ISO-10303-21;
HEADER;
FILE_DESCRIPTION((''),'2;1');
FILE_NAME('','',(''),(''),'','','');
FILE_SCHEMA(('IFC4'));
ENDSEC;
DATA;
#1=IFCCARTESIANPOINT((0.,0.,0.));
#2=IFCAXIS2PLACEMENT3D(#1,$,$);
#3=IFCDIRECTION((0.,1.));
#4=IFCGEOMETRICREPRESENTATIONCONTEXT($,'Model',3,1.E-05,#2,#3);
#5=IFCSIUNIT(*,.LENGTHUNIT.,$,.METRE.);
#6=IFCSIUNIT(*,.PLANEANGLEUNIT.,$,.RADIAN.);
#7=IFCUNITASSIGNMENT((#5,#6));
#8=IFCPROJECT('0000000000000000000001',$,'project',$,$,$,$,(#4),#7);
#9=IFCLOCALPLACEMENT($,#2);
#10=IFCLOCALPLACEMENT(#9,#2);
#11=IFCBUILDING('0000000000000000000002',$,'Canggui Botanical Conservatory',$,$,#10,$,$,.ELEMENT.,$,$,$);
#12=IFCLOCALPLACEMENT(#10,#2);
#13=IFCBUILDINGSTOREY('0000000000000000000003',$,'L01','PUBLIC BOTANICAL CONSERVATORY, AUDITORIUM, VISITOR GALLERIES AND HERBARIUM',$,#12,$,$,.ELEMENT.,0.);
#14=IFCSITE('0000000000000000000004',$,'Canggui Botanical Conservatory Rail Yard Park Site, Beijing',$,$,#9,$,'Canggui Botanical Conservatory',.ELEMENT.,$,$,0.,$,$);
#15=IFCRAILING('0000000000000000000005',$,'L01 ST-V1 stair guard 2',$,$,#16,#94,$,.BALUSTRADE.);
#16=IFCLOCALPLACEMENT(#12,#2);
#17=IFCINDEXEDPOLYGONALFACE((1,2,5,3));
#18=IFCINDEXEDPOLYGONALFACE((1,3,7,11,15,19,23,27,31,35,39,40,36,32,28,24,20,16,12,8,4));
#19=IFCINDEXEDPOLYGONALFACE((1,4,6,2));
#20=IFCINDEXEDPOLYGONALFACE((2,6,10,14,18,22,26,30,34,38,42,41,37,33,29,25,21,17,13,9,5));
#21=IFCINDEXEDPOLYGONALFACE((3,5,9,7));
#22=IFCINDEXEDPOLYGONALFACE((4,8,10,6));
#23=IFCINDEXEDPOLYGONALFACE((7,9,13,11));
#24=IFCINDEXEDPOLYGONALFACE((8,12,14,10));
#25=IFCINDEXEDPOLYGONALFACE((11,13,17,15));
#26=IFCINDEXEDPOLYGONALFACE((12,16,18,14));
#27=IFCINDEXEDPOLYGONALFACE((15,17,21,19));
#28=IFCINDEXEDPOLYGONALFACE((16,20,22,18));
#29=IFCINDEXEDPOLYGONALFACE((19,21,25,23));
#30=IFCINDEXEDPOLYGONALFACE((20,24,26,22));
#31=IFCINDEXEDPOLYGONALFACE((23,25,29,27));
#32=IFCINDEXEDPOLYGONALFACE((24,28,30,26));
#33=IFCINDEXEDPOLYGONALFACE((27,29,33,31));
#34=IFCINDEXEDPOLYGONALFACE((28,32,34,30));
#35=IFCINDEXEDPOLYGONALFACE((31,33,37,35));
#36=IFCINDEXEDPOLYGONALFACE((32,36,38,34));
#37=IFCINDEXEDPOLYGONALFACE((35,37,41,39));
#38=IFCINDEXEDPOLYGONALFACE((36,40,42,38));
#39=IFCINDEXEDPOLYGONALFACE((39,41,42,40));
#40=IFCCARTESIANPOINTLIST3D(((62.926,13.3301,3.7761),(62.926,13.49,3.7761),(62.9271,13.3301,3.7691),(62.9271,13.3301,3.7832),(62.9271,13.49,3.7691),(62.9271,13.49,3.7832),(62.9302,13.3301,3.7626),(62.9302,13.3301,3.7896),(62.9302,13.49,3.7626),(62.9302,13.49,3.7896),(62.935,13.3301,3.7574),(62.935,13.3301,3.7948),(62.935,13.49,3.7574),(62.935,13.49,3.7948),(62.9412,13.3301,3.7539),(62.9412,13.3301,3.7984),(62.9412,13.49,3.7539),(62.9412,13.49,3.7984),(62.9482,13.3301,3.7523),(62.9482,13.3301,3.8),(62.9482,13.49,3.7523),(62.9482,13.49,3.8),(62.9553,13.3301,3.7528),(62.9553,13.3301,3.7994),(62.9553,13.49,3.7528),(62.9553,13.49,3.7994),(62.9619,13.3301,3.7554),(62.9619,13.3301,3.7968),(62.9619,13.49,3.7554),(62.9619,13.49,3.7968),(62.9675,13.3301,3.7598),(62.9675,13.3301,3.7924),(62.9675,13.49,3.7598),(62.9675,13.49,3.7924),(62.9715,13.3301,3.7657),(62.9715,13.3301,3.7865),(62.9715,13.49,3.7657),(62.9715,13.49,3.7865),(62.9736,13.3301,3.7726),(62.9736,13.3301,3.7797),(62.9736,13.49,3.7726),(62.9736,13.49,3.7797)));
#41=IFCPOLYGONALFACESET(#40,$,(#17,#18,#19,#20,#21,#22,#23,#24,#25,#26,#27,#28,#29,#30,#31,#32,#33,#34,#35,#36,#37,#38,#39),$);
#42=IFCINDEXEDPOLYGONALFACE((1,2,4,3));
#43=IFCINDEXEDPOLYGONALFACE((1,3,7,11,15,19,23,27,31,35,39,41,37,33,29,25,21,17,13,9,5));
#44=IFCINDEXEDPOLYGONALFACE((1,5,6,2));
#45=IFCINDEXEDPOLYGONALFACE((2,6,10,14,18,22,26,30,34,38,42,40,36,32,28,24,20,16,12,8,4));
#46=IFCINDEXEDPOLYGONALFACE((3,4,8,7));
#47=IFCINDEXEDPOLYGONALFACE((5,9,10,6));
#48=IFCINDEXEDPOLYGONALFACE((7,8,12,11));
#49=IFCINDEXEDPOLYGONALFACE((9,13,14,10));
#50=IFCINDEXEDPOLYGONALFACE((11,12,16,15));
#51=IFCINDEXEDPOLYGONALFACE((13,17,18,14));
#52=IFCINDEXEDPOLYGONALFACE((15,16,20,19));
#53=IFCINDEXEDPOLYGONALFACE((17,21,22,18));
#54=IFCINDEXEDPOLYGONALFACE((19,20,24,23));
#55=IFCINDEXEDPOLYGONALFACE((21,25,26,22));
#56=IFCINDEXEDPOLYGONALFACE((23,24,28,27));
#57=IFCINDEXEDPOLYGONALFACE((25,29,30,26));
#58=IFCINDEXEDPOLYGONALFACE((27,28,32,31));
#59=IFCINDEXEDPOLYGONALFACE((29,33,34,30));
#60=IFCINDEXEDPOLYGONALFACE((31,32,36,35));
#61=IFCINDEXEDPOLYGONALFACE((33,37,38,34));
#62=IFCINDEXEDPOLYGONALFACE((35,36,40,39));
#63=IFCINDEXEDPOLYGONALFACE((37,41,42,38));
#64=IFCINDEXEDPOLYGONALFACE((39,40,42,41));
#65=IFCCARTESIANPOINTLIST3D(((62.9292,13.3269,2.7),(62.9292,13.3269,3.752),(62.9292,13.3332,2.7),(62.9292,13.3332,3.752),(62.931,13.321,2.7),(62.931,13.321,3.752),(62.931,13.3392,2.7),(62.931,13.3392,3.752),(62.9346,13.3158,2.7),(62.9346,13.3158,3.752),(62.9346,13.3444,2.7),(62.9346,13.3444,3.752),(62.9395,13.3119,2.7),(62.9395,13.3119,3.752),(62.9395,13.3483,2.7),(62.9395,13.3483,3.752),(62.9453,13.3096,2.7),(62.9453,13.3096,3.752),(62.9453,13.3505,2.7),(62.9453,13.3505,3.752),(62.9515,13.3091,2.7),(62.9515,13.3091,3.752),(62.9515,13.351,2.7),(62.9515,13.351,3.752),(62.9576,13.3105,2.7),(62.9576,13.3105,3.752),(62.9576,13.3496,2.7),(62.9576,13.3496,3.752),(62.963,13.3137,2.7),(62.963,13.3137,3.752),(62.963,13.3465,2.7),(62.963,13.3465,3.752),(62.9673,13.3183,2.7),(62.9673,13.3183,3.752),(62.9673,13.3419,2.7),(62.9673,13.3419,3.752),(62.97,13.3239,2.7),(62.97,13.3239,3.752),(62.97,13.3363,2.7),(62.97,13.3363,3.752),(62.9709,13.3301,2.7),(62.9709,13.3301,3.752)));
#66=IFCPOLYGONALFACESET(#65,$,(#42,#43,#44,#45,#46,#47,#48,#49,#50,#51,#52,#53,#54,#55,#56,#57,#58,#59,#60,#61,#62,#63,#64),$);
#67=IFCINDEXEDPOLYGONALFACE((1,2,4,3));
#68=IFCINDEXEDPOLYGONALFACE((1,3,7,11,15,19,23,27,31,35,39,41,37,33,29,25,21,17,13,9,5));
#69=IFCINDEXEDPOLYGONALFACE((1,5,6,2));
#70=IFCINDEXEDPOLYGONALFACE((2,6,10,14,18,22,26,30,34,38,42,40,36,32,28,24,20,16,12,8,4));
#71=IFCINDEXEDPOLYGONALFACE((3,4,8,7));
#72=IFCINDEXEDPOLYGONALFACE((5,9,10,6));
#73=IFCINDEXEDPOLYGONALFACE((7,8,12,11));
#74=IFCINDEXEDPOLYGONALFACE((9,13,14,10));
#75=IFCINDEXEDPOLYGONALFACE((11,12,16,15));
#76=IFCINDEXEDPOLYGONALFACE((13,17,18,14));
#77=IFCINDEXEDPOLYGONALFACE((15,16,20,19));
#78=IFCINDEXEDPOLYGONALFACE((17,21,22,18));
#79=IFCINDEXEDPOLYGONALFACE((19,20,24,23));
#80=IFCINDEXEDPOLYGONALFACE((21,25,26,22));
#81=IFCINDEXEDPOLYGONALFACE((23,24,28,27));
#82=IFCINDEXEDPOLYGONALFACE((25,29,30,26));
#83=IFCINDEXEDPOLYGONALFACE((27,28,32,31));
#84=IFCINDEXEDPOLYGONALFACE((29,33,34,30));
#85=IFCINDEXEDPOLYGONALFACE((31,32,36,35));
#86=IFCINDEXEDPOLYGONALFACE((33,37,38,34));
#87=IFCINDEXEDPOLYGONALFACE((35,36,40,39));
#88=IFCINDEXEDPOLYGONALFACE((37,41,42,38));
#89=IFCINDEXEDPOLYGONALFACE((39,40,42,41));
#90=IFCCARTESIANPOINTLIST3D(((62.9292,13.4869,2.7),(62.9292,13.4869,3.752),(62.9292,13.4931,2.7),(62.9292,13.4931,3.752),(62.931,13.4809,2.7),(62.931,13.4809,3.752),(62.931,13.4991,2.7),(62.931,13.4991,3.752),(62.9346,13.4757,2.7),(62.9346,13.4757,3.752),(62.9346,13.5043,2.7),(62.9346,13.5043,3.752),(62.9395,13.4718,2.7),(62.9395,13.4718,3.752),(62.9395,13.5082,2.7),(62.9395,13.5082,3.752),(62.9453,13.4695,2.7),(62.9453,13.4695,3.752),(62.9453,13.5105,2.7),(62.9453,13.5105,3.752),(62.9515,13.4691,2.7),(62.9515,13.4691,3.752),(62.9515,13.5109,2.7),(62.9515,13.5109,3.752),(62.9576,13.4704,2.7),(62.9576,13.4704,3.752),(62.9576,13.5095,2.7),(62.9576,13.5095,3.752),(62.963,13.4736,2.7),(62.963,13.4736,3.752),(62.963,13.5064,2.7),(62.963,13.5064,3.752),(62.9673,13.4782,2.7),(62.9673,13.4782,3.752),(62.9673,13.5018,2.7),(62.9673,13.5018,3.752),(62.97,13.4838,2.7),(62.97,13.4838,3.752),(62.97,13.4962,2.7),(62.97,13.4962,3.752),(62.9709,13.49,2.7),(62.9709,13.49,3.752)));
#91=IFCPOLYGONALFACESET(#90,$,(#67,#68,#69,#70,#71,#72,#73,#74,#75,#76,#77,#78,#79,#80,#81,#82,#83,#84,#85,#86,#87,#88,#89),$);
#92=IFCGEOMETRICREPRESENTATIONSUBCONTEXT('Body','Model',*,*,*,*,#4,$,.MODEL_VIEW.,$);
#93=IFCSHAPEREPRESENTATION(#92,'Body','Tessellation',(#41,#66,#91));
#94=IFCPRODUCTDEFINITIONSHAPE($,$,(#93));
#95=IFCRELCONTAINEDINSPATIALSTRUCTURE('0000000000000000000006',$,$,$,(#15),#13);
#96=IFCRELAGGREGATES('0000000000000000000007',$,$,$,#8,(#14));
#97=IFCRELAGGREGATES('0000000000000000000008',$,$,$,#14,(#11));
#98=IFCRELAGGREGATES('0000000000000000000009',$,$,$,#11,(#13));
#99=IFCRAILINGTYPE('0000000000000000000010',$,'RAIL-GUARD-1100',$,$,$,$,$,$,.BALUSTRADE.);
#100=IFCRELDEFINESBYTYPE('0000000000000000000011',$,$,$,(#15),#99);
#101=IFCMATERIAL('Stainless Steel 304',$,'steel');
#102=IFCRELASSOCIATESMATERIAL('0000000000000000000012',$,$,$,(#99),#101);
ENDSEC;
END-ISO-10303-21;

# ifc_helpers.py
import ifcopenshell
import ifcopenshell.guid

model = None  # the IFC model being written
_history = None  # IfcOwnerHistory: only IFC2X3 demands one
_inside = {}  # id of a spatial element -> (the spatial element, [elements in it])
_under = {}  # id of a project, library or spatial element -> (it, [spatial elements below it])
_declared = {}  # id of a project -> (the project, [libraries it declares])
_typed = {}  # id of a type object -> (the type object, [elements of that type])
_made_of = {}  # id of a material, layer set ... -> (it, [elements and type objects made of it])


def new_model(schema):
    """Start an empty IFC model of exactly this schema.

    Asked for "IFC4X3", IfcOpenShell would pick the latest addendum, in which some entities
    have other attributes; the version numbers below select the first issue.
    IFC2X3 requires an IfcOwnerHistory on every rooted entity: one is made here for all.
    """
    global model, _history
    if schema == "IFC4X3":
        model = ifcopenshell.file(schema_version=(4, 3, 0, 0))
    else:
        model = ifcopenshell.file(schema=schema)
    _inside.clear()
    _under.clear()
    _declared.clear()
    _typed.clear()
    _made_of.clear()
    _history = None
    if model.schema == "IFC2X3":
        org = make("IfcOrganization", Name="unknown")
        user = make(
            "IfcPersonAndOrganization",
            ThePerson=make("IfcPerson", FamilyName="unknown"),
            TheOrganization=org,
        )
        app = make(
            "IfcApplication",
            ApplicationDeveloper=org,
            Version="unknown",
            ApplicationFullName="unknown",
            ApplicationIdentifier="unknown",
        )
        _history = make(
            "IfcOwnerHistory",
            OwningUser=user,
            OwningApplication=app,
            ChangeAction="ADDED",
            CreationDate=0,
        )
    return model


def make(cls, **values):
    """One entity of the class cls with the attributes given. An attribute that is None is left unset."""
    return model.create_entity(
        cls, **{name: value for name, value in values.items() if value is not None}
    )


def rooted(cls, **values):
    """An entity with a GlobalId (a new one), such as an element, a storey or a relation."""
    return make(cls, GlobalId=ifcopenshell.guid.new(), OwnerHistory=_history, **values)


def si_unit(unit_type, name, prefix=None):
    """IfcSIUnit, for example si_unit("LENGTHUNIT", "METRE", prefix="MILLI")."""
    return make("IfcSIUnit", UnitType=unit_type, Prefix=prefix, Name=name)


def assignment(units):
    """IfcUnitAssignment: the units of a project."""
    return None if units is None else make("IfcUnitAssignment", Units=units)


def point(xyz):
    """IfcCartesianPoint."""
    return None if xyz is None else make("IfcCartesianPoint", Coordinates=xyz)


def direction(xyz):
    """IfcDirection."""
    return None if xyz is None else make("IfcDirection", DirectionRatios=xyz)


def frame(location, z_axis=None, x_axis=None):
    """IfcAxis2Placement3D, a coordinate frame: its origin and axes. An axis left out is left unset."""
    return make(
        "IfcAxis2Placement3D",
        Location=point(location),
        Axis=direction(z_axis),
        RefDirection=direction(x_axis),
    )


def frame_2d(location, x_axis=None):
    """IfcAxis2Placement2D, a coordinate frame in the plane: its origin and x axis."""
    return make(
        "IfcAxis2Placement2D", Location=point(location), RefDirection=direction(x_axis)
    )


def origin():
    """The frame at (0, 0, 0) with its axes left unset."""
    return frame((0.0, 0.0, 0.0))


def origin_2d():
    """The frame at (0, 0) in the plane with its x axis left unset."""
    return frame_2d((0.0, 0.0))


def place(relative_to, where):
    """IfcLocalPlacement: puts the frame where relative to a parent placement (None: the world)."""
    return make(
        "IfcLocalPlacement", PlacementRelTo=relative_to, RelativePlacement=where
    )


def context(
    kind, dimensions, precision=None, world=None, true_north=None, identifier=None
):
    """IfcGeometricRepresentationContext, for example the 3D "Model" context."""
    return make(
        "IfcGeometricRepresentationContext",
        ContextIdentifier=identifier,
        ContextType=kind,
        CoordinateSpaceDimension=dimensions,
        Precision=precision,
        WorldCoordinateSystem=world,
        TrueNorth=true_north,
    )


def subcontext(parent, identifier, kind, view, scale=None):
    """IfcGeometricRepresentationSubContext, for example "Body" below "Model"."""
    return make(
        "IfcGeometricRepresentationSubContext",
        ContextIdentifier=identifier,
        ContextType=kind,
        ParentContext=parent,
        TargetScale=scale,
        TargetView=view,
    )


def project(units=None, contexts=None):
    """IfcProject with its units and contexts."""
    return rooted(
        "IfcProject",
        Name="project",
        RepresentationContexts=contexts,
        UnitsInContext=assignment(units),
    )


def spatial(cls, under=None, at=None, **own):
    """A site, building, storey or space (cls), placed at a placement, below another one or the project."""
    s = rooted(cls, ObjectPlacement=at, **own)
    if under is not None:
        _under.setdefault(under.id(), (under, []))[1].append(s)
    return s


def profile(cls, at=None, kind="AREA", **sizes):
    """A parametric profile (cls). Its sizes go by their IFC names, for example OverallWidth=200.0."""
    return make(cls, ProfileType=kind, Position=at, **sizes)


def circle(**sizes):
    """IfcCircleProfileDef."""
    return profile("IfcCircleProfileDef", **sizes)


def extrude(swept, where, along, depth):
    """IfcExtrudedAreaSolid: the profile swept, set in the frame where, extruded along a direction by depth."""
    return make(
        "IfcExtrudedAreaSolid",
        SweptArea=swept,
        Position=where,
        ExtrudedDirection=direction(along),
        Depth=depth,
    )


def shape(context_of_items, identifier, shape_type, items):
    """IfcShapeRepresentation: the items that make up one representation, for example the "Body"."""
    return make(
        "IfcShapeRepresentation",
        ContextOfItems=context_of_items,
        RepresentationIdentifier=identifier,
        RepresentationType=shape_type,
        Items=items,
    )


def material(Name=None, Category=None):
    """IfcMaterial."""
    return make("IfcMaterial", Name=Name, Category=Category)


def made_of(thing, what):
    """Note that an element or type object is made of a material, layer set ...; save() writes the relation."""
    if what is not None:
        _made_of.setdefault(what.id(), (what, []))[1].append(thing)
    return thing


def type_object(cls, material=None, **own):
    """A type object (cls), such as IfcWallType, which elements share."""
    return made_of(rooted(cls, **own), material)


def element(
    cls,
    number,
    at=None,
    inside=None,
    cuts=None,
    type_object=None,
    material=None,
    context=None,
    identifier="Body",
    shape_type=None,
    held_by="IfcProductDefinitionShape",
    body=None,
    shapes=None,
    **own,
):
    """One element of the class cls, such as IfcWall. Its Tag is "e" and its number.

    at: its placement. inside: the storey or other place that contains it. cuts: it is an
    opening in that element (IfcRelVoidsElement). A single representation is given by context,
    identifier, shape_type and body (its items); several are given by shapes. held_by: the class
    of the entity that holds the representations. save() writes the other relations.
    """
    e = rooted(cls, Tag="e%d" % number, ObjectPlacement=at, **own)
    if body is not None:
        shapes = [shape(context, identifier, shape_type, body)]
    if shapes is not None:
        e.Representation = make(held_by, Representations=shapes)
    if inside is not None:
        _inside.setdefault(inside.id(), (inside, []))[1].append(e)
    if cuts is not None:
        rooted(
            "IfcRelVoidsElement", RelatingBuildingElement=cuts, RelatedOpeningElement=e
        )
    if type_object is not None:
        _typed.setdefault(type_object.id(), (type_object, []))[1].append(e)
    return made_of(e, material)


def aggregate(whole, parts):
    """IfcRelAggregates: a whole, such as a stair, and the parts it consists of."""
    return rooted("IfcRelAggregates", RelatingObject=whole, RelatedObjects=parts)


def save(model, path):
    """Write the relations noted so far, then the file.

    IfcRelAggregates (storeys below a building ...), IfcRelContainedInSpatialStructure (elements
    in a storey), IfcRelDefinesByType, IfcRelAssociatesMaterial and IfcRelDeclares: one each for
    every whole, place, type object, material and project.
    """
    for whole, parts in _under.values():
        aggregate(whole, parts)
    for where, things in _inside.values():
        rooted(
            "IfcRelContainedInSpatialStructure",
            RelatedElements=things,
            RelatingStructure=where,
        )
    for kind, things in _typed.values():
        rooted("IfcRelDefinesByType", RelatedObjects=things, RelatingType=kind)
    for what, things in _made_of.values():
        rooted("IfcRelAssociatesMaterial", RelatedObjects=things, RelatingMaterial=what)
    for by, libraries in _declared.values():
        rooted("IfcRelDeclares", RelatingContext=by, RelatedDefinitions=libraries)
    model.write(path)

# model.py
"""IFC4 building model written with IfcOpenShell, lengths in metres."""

from ifc_helpers import new_model, si_unit, direction, frame, origin, origin_2d, place, context, subcontext, project, spatial, circle, extrude, material, type_object, element, save


model = new_model("IFC4")

# Units and contexts
model_context = context("Model", 3, precision=1e-05, world=origin(), true_north=direction((0.0, 1.0)))
body_context = subcontext(model_context, "Body", "Model", "MODEL_VIEW")
ifc_project = project(units=[si_unit("LENGTHUNIT", "METRE"), si_unit("PLANEANGLEUNIT", "RADIAN")], contexts=[model_context])

# Site, building, storey
site_placement = place(None, origin())
site = spatial("IfcSite", under=ifc_project, at=site_placement, Name="Canggui Botanical Conservatory Rail Yard Park Site, Beijing", LongName="Canggui Botanical Conservatory", CompositionType="ELEMENT", RefElevation=0.0)
building_placement = place(site_placement, origin())
building = spatial("IfcBuilding", under=site, at=building_placement, Name="Canggui Botanical Conservatory", CompositionType="ELEMENT")
storey_placement = place(building_placement, origin())
storey = spatial("IfcBuildingStorey", under=building, at=storey_placement, Name="L01", Description="PUBLIC BOTANICAL CONSERVATORY, AUDITORIUM, VISITOR GALLERIES AND HERBARIUM", CompositionType="ELEMENT", Elevation=0.0)

# Railing
ifc_material_1 = material(Name="Stainless Steel 304", Category="steel")
railing_type_1 = type_object("IfcRailingType", Name="RAIL-GUARD-1100", PredefinedType="BALUSTRADE", material=ifc_material_1)
railing_1_placement = place(storey_placement, frame((62.95, 13.3301, 2.7)))
element("IfcRailing", 1, at=railing_1_placement, inside=storey, type_object=railing_type_1, Name="L01 ST-V1 stair guard 2", PredefinedType="BALUSTRADE", context=body_context, shape_type="SweptSolid", body=[
    extrude(circle(Radius=0.0239, at=origin_2d()), frame((0.0, 0.0, 1.0762), z_axis=(0.0, 1.0, 0.0), x_axis=(-1.0, 0.0, 0.0)), (0.0, 0.0, 1.0), 0.1599),
    extrude(circle(Radius=0.021, at=origin_2d()), origin(), (0.0, 0.0, 1.0), 1.052),
    extrude(circle(Radius=0.021, at=origin_2d()), frame((0.0, 0.1599, 0.0)), (0.0, 0.0, 1.0), 1.052),
])

save(model, "model.ifc")
